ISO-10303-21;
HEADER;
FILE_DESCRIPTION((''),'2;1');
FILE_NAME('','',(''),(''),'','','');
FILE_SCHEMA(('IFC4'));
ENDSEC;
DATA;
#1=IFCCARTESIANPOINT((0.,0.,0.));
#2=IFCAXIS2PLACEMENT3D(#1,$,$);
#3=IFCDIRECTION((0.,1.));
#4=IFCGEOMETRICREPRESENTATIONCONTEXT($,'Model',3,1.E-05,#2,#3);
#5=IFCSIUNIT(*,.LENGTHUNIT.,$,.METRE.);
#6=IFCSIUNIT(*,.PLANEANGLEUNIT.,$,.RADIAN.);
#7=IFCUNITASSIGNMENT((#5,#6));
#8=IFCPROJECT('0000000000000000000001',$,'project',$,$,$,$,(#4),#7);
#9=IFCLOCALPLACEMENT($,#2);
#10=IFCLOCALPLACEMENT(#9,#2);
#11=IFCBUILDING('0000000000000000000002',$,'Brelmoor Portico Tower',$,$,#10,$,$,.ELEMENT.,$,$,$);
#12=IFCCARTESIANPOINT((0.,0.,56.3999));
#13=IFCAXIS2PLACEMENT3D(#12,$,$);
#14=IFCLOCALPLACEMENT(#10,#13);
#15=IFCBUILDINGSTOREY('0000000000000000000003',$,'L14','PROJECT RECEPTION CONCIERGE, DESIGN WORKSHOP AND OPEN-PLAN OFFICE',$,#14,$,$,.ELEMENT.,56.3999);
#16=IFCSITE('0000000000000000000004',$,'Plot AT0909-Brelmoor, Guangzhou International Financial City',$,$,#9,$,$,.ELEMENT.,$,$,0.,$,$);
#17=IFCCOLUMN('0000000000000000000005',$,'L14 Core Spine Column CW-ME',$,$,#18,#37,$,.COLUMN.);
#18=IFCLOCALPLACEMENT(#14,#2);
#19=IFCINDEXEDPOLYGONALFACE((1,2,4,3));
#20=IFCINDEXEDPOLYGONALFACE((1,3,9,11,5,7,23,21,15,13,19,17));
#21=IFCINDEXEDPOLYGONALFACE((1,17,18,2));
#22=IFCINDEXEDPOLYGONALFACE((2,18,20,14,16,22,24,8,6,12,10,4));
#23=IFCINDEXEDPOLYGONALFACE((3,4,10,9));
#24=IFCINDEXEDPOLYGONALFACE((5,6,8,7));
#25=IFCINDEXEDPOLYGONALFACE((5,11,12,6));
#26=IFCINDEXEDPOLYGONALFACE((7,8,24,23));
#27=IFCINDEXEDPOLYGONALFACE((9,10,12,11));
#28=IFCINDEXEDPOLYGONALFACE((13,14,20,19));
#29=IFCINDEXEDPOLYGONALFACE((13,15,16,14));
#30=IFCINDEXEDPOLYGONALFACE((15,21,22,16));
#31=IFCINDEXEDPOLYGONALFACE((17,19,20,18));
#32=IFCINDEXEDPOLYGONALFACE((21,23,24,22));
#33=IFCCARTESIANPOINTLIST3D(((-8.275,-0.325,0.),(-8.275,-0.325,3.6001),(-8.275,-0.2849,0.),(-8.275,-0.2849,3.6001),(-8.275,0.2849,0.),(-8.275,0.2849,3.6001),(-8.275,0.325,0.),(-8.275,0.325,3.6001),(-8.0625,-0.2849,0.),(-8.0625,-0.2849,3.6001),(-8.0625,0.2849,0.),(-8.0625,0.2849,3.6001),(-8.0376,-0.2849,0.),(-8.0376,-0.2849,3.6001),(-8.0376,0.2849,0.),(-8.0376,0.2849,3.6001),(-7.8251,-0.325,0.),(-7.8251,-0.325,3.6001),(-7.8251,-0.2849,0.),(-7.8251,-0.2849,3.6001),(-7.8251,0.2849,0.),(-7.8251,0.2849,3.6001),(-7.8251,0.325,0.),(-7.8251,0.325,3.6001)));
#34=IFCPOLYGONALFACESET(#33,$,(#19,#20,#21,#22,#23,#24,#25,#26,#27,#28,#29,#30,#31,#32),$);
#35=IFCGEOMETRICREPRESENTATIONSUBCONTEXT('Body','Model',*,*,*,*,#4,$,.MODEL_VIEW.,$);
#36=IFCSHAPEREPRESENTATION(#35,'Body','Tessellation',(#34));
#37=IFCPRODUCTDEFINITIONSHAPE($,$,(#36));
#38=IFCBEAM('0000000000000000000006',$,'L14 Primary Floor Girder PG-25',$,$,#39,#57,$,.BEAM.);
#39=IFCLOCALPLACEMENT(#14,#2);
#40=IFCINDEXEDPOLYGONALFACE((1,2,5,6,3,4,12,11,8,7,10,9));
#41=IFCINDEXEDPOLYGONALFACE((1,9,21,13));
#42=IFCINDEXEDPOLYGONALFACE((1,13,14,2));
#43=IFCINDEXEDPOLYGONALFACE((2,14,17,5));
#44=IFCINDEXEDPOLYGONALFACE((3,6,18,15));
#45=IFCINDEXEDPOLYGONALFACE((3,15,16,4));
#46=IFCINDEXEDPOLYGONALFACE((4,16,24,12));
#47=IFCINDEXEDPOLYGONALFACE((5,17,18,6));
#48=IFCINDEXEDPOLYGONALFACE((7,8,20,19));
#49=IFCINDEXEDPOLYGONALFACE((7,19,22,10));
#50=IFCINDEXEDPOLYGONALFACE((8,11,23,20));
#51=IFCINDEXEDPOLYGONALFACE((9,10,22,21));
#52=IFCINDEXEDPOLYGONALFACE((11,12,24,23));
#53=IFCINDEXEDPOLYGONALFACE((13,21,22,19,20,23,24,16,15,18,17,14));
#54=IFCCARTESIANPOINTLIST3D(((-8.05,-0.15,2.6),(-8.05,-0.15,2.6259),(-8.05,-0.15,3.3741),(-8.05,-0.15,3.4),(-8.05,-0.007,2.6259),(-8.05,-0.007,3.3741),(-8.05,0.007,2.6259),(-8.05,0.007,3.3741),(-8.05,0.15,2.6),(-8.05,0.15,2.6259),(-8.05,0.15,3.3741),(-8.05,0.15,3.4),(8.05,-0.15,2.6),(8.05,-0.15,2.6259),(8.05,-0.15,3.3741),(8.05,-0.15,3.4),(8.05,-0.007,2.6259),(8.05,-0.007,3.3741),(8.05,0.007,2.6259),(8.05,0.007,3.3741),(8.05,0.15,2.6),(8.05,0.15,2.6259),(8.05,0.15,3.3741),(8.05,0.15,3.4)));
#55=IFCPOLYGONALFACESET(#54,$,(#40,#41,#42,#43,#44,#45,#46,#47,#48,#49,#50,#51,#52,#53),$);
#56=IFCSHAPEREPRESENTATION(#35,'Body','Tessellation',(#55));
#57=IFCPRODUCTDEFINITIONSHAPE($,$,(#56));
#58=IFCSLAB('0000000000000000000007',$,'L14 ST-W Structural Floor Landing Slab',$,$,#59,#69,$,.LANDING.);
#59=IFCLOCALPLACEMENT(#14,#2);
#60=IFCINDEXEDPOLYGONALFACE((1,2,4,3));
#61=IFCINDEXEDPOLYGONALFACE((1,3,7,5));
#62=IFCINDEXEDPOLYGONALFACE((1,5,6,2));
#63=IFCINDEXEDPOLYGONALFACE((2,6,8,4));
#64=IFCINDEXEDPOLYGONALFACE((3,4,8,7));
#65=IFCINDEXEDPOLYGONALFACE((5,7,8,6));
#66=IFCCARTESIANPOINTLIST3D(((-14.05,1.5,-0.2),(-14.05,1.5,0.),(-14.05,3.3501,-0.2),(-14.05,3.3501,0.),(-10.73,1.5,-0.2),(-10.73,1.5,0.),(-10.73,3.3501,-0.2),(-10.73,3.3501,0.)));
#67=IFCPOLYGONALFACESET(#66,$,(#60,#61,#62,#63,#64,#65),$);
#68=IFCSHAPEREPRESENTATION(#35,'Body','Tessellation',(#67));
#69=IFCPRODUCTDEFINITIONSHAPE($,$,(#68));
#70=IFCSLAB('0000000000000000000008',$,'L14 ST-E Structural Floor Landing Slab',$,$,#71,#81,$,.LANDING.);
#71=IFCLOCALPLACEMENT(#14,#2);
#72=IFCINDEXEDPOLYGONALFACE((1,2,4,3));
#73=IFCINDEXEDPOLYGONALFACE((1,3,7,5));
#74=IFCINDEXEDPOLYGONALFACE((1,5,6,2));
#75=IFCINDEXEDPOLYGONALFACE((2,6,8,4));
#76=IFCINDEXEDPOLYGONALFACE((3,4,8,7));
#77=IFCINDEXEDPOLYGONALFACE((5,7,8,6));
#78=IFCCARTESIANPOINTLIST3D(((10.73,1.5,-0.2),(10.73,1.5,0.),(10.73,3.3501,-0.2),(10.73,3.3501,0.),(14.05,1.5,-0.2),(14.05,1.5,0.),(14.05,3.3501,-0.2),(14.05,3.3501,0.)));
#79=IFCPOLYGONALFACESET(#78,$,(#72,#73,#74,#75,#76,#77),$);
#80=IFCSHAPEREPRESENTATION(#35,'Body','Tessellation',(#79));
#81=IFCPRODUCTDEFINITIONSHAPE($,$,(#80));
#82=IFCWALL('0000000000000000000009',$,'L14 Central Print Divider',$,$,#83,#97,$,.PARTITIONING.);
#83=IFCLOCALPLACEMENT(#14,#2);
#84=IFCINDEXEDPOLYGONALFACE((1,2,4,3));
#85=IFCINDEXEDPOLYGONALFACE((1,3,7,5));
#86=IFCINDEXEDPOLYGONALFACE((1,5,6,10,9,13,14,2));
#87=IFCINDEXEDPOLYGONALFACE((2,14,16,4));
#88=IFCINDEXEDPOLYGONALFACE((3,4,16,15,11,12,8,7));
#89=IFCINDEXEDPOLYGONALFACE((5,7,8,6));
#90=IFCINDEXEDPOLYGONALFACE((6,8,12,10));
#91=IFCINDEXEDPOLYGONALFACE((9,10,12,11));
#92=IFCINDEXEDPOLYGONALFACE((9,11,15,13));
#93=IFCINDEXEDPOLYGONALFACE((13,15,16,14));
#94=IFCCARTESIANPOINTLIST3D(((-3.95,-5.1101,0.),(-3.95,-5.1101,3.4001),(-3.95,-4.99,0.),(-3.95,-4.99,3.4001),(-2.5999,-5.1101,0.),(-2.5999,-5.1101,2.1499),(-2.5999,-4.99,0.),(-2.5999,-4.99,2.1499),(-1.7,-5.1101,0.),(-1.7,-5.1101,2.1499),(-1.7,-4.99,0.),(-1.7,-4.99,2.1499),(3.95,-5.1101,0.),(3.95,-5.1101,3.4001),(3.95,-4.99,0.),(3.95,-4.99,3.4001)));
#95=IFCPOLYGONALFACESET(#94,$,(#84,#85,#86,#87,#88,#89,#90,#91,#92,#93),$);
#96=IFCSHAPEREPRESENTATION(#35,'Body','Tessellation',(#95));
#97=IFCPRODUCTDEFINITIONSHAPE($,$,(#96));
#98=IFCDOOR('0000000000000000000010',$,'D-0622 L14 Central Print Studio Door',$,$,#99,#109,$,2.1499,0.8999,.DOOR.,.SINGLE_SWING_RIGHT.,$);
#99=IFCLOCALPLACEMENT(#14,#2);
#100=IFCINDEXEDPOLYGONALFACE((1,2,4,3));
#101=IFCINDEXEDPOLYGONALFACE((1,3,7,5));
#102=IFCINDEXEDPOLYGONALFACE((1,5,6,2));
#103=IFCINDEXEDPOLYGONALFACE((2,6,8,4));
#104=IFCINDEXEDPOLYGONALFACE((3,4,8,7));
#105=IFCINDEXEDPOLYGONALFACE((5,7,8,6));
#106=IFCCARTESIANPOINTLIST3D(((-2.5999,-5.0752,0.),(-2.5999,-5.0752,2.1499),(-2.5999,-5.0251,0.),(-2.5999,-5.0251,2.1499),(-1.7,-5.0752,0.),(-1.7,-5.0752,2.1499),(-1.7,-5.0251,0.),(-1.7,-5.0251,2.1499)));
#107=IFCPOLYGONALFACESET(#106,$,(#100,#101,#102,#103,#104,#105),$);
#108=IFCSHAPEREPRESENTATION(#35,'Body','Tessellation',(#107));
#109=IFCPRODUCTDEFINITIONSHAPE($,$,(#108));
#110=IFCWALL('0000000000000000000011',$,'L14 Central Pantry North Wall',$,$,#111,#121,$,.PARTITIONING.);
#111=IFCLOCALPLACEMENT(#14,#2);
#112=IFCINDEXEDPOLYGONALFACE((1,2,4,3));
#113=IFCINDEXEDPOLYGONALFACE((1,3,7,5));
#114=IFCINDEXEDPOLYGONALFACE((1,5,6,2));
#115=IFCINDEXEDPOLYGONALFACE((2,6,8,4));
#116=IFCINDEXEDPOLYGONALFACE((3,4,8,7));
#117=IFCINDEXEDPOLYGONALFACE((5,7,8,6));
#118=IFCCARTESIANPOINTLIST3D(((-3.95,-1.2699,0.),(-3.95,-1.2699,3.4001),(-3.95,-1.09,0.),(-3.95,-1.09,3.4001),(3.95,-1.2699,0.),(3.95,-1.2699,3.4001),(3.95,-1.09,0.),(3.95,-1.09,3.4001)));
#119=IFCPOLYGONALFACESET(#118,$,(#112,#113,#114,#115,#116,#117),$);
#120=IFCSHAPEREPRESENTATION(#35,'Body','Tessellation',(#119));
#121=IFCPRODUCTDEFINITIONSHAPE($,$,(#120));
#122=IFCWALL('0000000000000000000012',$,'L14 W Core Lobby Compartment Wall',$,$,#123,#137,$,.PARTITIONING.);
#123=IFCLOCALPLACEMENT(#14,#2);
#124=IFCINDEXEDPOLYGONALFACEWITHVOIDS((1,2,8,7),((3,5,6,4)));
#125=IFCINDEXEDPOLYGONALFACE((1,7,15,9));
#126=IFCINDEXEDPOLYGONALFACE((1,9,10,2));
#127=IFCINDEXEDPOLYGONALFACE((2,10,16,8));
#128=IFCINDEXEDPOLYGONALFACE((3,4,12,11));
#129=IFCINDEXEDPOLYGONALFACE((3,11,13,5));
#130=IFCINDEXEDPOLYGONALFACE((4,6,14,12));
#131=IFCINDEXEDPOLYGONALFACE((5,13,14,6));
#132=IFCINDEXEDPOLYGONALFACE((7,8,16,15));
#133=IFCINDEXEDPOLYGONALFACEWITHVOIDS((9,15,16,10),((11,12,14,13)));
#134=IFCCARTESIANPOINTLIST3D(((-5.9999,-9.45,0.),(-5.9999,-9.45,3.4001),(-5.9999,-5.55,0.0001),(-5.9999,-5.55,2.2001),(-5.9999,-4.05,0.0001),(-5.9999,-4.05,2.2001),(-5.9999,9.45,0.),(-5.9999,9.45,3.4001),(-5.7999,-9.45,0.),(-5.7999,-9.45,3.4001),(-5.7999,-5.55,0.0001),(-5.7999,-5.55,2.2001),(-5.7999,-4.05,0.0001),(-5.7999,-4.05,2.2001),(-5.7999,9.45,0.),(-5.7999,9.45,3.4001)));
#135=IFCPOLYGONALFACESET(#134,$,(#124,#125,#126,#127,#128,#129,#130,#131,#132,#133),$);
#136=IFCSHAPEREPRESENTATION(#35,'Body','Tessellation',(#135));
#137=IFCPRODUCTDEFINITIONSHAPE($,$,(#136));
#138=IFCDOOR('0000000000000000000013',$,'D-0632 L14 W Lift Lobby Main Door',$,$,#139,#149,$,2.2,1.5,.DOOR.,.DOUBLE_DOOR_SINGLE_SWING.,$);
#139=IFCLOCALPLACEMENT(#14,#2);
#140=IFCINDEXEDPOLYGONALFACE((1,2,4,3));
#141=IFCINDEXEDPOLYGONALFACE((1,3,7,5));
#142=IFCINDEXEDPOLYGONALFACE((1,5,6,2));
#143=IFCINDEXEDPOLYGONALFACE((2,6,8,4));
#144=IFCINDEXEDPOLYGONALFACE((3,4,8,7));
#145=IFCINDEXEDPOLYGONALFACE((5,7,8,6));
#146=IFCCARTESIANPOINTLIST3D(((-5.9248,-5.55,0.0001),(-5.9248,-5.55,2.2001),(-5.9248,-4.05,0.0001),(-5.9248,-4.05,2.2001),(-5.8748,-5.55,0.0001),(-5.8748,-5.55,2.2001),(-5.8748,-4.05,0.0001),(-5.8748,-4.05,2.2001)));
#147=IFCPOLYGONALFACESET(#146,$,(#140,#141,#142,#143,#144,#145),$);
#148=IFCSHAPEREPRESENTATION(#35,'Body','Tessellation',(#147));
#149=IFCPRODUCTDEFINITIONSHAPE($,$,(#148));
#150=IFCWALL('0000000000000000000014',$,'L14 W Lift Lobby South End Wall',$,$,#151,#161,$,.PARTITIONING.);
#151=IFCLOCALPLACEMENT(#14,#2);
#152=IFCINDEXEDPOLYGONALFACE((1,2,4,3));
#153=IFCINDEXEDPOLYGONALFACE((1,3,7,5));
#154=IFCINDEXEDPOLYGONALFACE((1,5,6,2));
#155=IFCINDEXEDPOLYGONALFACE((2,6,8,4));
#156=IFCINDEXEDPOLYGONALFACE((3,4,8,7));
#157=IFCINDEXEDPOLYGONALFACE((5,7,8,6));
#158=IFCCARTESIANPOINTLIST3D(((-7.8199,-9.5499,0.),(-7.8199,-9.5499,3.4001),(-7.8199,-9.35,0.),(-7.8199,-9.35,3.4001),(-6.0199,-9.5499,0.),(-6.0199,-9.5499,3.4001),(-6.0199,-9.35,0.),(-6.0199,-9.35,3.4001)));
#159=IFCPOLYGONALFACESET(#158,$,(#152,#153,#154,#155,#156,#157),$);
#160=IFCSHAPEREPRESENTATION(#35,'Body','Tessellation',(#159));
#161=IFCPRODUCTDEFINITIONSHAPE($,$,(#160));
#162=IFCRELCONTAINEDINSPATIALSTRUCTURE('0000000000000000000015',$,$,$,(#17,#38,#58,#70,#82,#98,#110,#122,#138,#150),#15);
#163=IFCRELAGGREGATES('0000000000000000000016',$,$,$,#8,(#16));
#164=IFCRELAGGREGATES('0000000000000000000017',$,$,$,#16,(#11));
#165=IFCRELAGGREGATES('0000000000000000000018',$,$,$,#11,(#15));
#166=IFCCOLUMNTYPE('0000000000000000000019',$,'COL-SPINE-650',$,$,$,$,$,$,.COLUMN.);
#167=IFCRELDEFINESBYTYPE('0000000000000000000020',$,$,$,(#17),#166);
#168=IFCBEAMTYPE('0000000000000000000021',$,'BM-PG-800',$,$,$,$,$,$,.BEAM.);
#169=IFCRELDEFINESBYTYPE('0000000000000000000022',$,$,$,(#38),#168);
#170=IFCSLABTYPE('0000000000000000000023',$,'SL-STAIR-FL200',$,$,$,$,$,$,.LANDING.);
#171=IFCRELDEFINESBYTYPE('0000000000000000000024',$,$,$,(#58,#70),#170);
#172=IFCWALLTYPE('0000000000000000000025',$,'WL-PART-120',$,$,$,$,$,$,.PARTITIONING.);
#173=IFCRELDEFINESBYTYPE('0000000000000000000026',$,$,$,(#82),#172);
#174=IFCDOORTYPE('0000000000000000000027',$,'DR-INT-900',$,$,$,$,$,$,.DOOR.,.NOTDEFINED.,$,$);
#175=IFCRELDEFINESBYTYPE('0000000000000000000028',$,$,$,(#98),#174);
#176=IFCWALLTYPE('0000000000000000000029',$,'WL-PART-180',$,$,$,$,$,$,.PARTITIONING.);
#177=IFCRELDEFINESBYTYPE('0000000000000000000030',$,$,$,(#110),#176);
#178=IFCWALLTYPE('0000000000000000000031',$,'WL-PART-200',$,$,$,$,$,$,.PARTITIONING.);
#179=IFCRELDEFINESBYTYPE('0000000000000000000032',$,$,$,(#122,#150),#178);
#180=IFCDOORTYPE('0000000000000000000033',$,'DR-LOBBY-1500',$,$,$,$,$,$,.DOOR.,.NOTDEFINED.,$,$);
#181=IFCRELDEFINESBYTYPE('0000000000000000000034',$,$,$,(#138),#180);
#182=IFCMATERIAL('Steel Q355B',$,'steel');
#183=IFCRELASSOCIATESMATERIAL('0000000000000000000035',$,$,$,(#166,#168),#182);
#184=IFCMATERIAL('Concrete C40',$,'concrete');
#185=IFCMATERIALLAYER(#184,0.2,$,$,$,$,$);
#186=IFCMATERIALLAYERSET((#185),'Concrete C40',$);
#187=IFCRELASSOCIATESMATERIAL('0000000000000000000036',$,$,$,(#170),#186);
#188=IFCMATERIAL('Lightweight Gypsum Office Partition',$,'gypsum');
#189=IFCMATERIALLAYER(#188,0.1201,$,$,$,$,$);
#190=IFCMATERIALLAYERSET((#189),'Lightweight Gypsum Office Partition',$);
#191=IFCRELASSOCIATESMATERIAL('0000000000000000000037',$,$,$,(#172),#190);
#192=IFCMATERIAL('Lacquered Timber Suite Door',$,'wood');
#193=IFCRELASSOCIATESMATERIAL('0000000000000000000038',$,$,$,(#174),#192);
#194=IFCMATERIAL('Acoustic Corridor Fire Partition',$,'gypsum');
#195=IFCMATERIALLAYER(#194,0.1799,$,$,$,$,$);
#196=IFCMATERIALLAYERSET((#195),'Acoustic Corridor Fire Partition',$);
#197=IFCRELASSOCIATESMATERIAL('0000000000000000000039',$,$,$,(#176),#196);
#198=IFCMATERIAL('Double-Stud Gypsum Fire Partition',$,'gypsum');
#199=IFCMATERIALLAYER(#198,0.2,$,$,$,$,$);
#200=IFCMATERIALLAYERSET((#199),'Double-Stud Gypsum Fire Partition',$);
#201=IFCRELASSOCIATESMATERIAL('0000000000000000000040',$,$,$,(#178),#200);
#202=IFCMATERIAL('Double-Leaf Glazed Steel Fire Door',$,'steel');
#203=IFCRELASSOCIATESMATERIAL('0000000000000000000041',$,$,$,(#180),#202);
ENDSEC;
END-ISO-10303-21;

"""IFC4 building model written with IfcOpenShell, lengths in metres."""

from ifc_helpers import new_model, si_unit, direction, frame, frame_2d, origin, origin_2d, place, context, subcontext, project, spatial, polyline, rectangle, i_section, outline, extrude, material, layer, layer_set, material_profile, profile_set, type_object, element, fill, save


model = new_model("IFC4")

# Units and contexts
model_context = context("Model", 3, precision=1e-05, world=origin(), true_north=direction((0.0, 1.0)))
body_context = subcontext(model_context, "Body", "Model", "MODEL_VIEW")
ifc_project = project(units=[si_unit("LENGTHUNIT", "METRE"), si_unit("PLANEANGLEUNIT", "RADIAN")], contexts=[model_context])

# Site, building, storey
site_placement = place(None, origin())
site = spatial("IfcSite", under=ifc_project, at=site_placement, Name="Plot AT0909-Brelmoor, Guangzhou International Financial City", CompositionType="ELEMENT", RefElevation=0.0)
building_placement = place(site_placement, origin())
building = spatial("IfcBuilding", under=site, at=building_placement, Name="Brelmoor Portico Tower", CompositionType="ELEMENT")
storey_placement = place(building_placement, frame((0.0, 0.0, 56.3999)))
storey = spatial("IfcBuildingStorey", under=building, at=storey_placement, Name="L14", Description="PROJECT RECEPTION CONCIERGE, DESIGN WORKSHOP AND OPEN-PLAN OFFICE", CompositionType="ELEMENT", Elevation=56.3999)

# Column
ifc_material_1 = material(Name="Steel Q355B", Category="steel")
ifc_material_profile_1 = material_profile(ifc_material_1, i_section(OverallWidth=0.45, OverallDepth=0.6499, WebThickness=0.0249, FlangeThickness=0.04, at=origin_2d()), Name="HW 650x450x25x40")
ifc_profile_set_1 = profile_set([ifc_material_profile_1], Name="Steel Q355B")
column_type = type_object("IfcColumnType", Name="COL-SPINE-650", PredefinedType="COLUMN", material=ifc_profile_set_1)
column_placement = place(storey_placement, frame((-8.05, 0.0, 0.0), z_axis=(0.0, 0.0, 1.0), x_axis=(1.0, 0.0, 0.0)))
element("IfcColumn", 1, at=column_placement, inside=storey, type_object=column_type, Name="L14 Core Spine Column CW-ME", PredefinedType="COLUMN", context=body_context, shape_type="SweptSolid", body=[
    extrude(i_section(OverallWidth=0.45, OverallDepth=0.6499, WebThickness=0.0249, FlangeThickness=0.04, at=origin_2d()), origin(), (0.0, 0.0, 1.0), 3.6001),
])

# Beam
ifc_material_profile_2 = material_profile(ifc_material_1, i_section(OverallWidth=0.3, OverallDepth=0.8, WebThickness=0.0139, FlangeThickness=0.0259, at=origin_2d()), Name="HN 800x300x14x26")
ifc_profile_set_2 = profile_set([ifc_material_profile_2], Name="Steel Q355B")
beam_type = type_object("IfcBeamType", Name="BM-PG-800", PredefinedType="BEAM", material=ifc_profile_set_2)
beam_placement = place(storey_placement, frame((-8.05, 0.0, 3.0), z_axis=(1.0, 0.0, 0.0), x_axis=(0.0, 1.0, 0.0)))
element("IfcBeam", 2, at=beam_placement, inside=storey, type_object=beam_type, Name="L14 Primary Floor Girder PG-25", PredefinedType="BEAM", context=body_context, shape_type="SweptSolid", body=[
    extrude(i_section(OverallWidth=0.3, OverallDepth=0.8, WebThickness=0.0139, FlangeThickness=0.0259, at=origin_2d()), origin(), (0.0, 0.0, 1.0), 16.1001),
])

# Slabs
ifc_material_2 = material(Name="Concrete C40", Category="concrete")
ifc_layer_1 = layer(ifc_material_2, 0.2)
ifc_layer_set_1 = layer_set([ifc_layer_1], Name="Concrete C40")
slab_type = type_object("IfcSlabType", Name="SL-STAIR-FL200", PredefinedType="LANDING", material=ifc_layer_set_1)
slab_1_placement = place(storey_placement, frame((0.0, 0.0, -0.2)))
element("IfcSlab", 3, at=slab_1_placement, inside=storey, type_object=slab_type, Name="L14 ST-W Structural Floor Landing Slab", PredefinedType="LANDING", context=body_context, shape_type="SweptSolid", body=[
    extrude(outline(polyline([(-10.73, 1.5), (-10.73, 3.3501), (-14.05, 3.3501), (-14.05, 1.5), (-10.73, 1.5)])), origin(), (0.0, 0.0, 1.0), 0.2),
])
slab_2_placement = place(storey_placement, frame((0.0, 0.0, -0.2)))
element("IfcSlab", 4, at=slab_2_placement, inside=storey, type_object=slab_type, Name="L14 ST-E Structural Floor Landing Slab", PredefinedType="LANDING", context=body_context, shape_type="SweptSolid", body=[
    extrude(outline(polyline([(14.05, 1.5), (14.05, 3.3501), (10.73, 3.3501), (10.73, 1.5), (14.05, 1.5)])), origin(), (0.0, 0.0, 1.0), 0.2),
])

# Wall, opening, door
ifc_material_3 = material(Name="Lightweight Gypsum Office Partition", Category="gypsum")
ifc_layer_2 = layer(ifc_material_3, 0.1201)
ifc_layer_set_2 = layer_set([ifc_layer_2], Name="Lightweight Gypsum Office Partition")
wall_type_1 = type_object("IfcWallType", Name="WL-PART-120", PredefinedType="PARTITIONING", material=ifc_layer_set_2)
wall_1_placement = place(storey_placement, frame((-3.95, -5.05, 0.0), z_axis=(0.0, 0.0, 1.0), x_axis=(1.0, 0.0, 0.0)))
wall_1 = element("IfcWall", 5, at=wall_1_placement, inside=storey, type_object=wall_type_1, Name="L14 Central Print Divider", PredefinedType="PARTITIONING", context=body_context, shape_type="SweptSolid", body=[
    extrude(rectangle(XDim=7.8999, YDim=0.1201, at=frame_2d((3.95, 0.0))), origin(), (0.0, 0.0, 1.0), 3.4001),
])
opening_1_placement = place(wall_1_placement, frame((1.3501, 0.0, 0.0)))
opening_1 = element("IfcOpeningElement", 6, at=opening_1_placement, cuts=wall_1, PredefinedType="OPENING", context=body_context, shape_type="SweptSolid", body=[
    extrude(rectangle(XDim=0.8999, YDim=2.1499, at=frame_2d((0.45, 1.075))), frame((0.0, 0.0701, 0.0), z_axis=(0.0, -1.0, 0.0), x_axis=(1.0, 0.0, 0.0)), (0.0, 0.0, 1.0), 0.1401),
])
ifc_material_4 = material(Name="Lacquered Timber Suite Door", Category="wood")
door_type_1 = type_object("IfcDoorType", Name="DR-INT-900", OperationType="NOTDEFINED", PredefinedType="DOOR", material=ifc_material_4)
door_1_placement = place(opening_1_placement, origin())
door_1 = element("IfcDoor", 7, at=door_1_placement, inside=storey, type_object=door_type_1, Name="D-0622 L14 Central Print Studio Door", OperationType="SINGLE_SWING_RIGHT", OverallHeight=2.1499, OverallWidth=0.8999, PredefinedType="DOOR", context=body_context, shape_type="SweptSolid", body=[
    extrude(rectangle(XDim=0.8999, YDim=2.1499, at=frame_2d((0.45, 1.075))), frame((0.0, 0.0249, 0.0), z_axis=(0.0, -1.0, 0.0), x_axis=(1.0, 0.0, 0.0)), (0.0, 0.0, 1.0), 0.05),
])
fill(opening_1, door_1)

# Wall
ifc_material_5 = material(Name="Acoustic Corridor Fire Partition", Category="gypsum")
ifc_layer_3 = layer(ifc_material_5, 0.1799)
ifc_layer_set_3 = layer_set([ifc_layer_3], Name="Acoustic Corridor Fire Partition")
wall_type_2 = type_object("IfcWallType", Name="WL-PART-180", PredefinedType="PARTITIONING", material=ifc_layer_set_3)
wall_2_placement = place(storey_placement, frame((-3.95, -1.1799, 0.0), z_axis=(0.0, 0.0, 1.0), x_axis=(1.0, 0.0, 0.0)))
element("IfcWall", 8, at=wall_2_placement, inside=storey, type_object=wall_type_2, Name="L14 Central Pantry North Wall", PredefinedType="PARTITIONING", context=body_context, shape_type="SweptSolid", body=[
    extrude(rectangle(XDim=7.8999, YDim=0.1799, at=frame_2d((3.95, 0.0))), origin(), (0.0, 0.0, 1.0), 3.4001),
])

# Wall, opening, door
ifc_material_6 = material(Name="Double-Stud Gypsum Fire Partition", Category="gypsum")
ifc_layer_4 = layer(ifc_material_6, 0.2)
ifc_layer_set_4 = layer_set([ifc_layer_4], Name="Double-Stud Gypsum Fire Partition")
wall_type_3 = type_object("IfcWallType", Name="WL-PART-200", PredefinedType="PARTITIONING", material=ifc_layer_set_4)
wall_3_placement = place(storey_placement, frame((-5.8999, -9.45, 0.0), z_axis=(0.0, 0.0, 1.0), x_axis=(0.0, 1.0, 0.0)))
wall_3 = element("IfcWall", 9, at=wall_3_placement, inside=storey, type_object=wall_type_3, Name="L14 W Core Lobby Compartment Wall", PredefinedType="PARTITIONING", context=body_context, shape_type="SweptSolid", body=[
    extrude(rectangle(XDim=18.8999, YDim=0.2, at=frame_2d((9.45, 0.0))), origin(), (0.0, 0.0, 1.0), 3.4001),
])
opening_2_placement = place(wall_3_placement, frame((3.8999, 0.0, 0.0)))
opening_2 = element("IfcOpeningElement", 10, at=opening_2_placement, cuts=wall_3, PredefinedType="OPENING", context=body_context, shape_type="SweptSolid", body=[
    extrude(rectangle(XDim=1.5, YDim=2.2, at=frame_2d((0.75, 1.1001))), frame((0.0, 0.1099, 0.0), z_axis=(0.0, -1.0, 0.0), x_axis=(1.0, 0.0, 0.0)), (0.0, 0.0, 1.0), 0.22),
])
ifc_material_7 = material(Name="Double-Leaf Glazed Steel Fire Door", Category="steel")
door_type_2 = type_object("IfcDoorType", Name="DR-LOBBY-1500", OperationType="NOTDEFINED", PredefinedType="DOOR", material=ifc_material_7)
door_2_placement = place(opening_2_placement, origin())
door_2 = element("IfcDoor", 11, at=door_2_placement, inside=storey, type_object=door_type_2, Name="D-0632 L14 W Lift Lobby Main Door", OperationType="DOUBLE_DOOR_SINGLE_SWING", OverallHeight=2.2, OverallWidth=1.5, PredefinedType="DOOR", context=body_context, shape_type="SweptSolid", body=[
    extrude(rectangle(XDim=1.5, YDim=2.2, at=frame_2d((0.75, 1.1001))), frame((0.0, 0.0249, 0.0), z_axis=(0.0, -1.0, 0.0), x_axis=(1.0, 0.0, 0.0)), (0.0, 0.0, 1.0), 0.05),
])
fill(opening_2, door_2)

# Wall
wall_4_placement = place(storey_placement, frame((-6.02, -9.45, 0.0), z_axis=(0.0, 0.0, 1.0), x_axis=(-1.0, 0.0, 0.0)))
element("IfcWall", 12, at=wall_4_placement, inside=storey, type_object=wall_type_3, Name="L14 W Lift Lobby South End Wall", PredefinedType="PARTITIONING", context=body_context, shape_type="SweptSolid", body=[
    extrude(rectangle(XDim=1.8, YDim=0.2, at=frame_2d((0.8999, 0.0))), origin(), (0.0, 0.0, 1.0), 3.4001),
])

save(model, "model.ifc")
